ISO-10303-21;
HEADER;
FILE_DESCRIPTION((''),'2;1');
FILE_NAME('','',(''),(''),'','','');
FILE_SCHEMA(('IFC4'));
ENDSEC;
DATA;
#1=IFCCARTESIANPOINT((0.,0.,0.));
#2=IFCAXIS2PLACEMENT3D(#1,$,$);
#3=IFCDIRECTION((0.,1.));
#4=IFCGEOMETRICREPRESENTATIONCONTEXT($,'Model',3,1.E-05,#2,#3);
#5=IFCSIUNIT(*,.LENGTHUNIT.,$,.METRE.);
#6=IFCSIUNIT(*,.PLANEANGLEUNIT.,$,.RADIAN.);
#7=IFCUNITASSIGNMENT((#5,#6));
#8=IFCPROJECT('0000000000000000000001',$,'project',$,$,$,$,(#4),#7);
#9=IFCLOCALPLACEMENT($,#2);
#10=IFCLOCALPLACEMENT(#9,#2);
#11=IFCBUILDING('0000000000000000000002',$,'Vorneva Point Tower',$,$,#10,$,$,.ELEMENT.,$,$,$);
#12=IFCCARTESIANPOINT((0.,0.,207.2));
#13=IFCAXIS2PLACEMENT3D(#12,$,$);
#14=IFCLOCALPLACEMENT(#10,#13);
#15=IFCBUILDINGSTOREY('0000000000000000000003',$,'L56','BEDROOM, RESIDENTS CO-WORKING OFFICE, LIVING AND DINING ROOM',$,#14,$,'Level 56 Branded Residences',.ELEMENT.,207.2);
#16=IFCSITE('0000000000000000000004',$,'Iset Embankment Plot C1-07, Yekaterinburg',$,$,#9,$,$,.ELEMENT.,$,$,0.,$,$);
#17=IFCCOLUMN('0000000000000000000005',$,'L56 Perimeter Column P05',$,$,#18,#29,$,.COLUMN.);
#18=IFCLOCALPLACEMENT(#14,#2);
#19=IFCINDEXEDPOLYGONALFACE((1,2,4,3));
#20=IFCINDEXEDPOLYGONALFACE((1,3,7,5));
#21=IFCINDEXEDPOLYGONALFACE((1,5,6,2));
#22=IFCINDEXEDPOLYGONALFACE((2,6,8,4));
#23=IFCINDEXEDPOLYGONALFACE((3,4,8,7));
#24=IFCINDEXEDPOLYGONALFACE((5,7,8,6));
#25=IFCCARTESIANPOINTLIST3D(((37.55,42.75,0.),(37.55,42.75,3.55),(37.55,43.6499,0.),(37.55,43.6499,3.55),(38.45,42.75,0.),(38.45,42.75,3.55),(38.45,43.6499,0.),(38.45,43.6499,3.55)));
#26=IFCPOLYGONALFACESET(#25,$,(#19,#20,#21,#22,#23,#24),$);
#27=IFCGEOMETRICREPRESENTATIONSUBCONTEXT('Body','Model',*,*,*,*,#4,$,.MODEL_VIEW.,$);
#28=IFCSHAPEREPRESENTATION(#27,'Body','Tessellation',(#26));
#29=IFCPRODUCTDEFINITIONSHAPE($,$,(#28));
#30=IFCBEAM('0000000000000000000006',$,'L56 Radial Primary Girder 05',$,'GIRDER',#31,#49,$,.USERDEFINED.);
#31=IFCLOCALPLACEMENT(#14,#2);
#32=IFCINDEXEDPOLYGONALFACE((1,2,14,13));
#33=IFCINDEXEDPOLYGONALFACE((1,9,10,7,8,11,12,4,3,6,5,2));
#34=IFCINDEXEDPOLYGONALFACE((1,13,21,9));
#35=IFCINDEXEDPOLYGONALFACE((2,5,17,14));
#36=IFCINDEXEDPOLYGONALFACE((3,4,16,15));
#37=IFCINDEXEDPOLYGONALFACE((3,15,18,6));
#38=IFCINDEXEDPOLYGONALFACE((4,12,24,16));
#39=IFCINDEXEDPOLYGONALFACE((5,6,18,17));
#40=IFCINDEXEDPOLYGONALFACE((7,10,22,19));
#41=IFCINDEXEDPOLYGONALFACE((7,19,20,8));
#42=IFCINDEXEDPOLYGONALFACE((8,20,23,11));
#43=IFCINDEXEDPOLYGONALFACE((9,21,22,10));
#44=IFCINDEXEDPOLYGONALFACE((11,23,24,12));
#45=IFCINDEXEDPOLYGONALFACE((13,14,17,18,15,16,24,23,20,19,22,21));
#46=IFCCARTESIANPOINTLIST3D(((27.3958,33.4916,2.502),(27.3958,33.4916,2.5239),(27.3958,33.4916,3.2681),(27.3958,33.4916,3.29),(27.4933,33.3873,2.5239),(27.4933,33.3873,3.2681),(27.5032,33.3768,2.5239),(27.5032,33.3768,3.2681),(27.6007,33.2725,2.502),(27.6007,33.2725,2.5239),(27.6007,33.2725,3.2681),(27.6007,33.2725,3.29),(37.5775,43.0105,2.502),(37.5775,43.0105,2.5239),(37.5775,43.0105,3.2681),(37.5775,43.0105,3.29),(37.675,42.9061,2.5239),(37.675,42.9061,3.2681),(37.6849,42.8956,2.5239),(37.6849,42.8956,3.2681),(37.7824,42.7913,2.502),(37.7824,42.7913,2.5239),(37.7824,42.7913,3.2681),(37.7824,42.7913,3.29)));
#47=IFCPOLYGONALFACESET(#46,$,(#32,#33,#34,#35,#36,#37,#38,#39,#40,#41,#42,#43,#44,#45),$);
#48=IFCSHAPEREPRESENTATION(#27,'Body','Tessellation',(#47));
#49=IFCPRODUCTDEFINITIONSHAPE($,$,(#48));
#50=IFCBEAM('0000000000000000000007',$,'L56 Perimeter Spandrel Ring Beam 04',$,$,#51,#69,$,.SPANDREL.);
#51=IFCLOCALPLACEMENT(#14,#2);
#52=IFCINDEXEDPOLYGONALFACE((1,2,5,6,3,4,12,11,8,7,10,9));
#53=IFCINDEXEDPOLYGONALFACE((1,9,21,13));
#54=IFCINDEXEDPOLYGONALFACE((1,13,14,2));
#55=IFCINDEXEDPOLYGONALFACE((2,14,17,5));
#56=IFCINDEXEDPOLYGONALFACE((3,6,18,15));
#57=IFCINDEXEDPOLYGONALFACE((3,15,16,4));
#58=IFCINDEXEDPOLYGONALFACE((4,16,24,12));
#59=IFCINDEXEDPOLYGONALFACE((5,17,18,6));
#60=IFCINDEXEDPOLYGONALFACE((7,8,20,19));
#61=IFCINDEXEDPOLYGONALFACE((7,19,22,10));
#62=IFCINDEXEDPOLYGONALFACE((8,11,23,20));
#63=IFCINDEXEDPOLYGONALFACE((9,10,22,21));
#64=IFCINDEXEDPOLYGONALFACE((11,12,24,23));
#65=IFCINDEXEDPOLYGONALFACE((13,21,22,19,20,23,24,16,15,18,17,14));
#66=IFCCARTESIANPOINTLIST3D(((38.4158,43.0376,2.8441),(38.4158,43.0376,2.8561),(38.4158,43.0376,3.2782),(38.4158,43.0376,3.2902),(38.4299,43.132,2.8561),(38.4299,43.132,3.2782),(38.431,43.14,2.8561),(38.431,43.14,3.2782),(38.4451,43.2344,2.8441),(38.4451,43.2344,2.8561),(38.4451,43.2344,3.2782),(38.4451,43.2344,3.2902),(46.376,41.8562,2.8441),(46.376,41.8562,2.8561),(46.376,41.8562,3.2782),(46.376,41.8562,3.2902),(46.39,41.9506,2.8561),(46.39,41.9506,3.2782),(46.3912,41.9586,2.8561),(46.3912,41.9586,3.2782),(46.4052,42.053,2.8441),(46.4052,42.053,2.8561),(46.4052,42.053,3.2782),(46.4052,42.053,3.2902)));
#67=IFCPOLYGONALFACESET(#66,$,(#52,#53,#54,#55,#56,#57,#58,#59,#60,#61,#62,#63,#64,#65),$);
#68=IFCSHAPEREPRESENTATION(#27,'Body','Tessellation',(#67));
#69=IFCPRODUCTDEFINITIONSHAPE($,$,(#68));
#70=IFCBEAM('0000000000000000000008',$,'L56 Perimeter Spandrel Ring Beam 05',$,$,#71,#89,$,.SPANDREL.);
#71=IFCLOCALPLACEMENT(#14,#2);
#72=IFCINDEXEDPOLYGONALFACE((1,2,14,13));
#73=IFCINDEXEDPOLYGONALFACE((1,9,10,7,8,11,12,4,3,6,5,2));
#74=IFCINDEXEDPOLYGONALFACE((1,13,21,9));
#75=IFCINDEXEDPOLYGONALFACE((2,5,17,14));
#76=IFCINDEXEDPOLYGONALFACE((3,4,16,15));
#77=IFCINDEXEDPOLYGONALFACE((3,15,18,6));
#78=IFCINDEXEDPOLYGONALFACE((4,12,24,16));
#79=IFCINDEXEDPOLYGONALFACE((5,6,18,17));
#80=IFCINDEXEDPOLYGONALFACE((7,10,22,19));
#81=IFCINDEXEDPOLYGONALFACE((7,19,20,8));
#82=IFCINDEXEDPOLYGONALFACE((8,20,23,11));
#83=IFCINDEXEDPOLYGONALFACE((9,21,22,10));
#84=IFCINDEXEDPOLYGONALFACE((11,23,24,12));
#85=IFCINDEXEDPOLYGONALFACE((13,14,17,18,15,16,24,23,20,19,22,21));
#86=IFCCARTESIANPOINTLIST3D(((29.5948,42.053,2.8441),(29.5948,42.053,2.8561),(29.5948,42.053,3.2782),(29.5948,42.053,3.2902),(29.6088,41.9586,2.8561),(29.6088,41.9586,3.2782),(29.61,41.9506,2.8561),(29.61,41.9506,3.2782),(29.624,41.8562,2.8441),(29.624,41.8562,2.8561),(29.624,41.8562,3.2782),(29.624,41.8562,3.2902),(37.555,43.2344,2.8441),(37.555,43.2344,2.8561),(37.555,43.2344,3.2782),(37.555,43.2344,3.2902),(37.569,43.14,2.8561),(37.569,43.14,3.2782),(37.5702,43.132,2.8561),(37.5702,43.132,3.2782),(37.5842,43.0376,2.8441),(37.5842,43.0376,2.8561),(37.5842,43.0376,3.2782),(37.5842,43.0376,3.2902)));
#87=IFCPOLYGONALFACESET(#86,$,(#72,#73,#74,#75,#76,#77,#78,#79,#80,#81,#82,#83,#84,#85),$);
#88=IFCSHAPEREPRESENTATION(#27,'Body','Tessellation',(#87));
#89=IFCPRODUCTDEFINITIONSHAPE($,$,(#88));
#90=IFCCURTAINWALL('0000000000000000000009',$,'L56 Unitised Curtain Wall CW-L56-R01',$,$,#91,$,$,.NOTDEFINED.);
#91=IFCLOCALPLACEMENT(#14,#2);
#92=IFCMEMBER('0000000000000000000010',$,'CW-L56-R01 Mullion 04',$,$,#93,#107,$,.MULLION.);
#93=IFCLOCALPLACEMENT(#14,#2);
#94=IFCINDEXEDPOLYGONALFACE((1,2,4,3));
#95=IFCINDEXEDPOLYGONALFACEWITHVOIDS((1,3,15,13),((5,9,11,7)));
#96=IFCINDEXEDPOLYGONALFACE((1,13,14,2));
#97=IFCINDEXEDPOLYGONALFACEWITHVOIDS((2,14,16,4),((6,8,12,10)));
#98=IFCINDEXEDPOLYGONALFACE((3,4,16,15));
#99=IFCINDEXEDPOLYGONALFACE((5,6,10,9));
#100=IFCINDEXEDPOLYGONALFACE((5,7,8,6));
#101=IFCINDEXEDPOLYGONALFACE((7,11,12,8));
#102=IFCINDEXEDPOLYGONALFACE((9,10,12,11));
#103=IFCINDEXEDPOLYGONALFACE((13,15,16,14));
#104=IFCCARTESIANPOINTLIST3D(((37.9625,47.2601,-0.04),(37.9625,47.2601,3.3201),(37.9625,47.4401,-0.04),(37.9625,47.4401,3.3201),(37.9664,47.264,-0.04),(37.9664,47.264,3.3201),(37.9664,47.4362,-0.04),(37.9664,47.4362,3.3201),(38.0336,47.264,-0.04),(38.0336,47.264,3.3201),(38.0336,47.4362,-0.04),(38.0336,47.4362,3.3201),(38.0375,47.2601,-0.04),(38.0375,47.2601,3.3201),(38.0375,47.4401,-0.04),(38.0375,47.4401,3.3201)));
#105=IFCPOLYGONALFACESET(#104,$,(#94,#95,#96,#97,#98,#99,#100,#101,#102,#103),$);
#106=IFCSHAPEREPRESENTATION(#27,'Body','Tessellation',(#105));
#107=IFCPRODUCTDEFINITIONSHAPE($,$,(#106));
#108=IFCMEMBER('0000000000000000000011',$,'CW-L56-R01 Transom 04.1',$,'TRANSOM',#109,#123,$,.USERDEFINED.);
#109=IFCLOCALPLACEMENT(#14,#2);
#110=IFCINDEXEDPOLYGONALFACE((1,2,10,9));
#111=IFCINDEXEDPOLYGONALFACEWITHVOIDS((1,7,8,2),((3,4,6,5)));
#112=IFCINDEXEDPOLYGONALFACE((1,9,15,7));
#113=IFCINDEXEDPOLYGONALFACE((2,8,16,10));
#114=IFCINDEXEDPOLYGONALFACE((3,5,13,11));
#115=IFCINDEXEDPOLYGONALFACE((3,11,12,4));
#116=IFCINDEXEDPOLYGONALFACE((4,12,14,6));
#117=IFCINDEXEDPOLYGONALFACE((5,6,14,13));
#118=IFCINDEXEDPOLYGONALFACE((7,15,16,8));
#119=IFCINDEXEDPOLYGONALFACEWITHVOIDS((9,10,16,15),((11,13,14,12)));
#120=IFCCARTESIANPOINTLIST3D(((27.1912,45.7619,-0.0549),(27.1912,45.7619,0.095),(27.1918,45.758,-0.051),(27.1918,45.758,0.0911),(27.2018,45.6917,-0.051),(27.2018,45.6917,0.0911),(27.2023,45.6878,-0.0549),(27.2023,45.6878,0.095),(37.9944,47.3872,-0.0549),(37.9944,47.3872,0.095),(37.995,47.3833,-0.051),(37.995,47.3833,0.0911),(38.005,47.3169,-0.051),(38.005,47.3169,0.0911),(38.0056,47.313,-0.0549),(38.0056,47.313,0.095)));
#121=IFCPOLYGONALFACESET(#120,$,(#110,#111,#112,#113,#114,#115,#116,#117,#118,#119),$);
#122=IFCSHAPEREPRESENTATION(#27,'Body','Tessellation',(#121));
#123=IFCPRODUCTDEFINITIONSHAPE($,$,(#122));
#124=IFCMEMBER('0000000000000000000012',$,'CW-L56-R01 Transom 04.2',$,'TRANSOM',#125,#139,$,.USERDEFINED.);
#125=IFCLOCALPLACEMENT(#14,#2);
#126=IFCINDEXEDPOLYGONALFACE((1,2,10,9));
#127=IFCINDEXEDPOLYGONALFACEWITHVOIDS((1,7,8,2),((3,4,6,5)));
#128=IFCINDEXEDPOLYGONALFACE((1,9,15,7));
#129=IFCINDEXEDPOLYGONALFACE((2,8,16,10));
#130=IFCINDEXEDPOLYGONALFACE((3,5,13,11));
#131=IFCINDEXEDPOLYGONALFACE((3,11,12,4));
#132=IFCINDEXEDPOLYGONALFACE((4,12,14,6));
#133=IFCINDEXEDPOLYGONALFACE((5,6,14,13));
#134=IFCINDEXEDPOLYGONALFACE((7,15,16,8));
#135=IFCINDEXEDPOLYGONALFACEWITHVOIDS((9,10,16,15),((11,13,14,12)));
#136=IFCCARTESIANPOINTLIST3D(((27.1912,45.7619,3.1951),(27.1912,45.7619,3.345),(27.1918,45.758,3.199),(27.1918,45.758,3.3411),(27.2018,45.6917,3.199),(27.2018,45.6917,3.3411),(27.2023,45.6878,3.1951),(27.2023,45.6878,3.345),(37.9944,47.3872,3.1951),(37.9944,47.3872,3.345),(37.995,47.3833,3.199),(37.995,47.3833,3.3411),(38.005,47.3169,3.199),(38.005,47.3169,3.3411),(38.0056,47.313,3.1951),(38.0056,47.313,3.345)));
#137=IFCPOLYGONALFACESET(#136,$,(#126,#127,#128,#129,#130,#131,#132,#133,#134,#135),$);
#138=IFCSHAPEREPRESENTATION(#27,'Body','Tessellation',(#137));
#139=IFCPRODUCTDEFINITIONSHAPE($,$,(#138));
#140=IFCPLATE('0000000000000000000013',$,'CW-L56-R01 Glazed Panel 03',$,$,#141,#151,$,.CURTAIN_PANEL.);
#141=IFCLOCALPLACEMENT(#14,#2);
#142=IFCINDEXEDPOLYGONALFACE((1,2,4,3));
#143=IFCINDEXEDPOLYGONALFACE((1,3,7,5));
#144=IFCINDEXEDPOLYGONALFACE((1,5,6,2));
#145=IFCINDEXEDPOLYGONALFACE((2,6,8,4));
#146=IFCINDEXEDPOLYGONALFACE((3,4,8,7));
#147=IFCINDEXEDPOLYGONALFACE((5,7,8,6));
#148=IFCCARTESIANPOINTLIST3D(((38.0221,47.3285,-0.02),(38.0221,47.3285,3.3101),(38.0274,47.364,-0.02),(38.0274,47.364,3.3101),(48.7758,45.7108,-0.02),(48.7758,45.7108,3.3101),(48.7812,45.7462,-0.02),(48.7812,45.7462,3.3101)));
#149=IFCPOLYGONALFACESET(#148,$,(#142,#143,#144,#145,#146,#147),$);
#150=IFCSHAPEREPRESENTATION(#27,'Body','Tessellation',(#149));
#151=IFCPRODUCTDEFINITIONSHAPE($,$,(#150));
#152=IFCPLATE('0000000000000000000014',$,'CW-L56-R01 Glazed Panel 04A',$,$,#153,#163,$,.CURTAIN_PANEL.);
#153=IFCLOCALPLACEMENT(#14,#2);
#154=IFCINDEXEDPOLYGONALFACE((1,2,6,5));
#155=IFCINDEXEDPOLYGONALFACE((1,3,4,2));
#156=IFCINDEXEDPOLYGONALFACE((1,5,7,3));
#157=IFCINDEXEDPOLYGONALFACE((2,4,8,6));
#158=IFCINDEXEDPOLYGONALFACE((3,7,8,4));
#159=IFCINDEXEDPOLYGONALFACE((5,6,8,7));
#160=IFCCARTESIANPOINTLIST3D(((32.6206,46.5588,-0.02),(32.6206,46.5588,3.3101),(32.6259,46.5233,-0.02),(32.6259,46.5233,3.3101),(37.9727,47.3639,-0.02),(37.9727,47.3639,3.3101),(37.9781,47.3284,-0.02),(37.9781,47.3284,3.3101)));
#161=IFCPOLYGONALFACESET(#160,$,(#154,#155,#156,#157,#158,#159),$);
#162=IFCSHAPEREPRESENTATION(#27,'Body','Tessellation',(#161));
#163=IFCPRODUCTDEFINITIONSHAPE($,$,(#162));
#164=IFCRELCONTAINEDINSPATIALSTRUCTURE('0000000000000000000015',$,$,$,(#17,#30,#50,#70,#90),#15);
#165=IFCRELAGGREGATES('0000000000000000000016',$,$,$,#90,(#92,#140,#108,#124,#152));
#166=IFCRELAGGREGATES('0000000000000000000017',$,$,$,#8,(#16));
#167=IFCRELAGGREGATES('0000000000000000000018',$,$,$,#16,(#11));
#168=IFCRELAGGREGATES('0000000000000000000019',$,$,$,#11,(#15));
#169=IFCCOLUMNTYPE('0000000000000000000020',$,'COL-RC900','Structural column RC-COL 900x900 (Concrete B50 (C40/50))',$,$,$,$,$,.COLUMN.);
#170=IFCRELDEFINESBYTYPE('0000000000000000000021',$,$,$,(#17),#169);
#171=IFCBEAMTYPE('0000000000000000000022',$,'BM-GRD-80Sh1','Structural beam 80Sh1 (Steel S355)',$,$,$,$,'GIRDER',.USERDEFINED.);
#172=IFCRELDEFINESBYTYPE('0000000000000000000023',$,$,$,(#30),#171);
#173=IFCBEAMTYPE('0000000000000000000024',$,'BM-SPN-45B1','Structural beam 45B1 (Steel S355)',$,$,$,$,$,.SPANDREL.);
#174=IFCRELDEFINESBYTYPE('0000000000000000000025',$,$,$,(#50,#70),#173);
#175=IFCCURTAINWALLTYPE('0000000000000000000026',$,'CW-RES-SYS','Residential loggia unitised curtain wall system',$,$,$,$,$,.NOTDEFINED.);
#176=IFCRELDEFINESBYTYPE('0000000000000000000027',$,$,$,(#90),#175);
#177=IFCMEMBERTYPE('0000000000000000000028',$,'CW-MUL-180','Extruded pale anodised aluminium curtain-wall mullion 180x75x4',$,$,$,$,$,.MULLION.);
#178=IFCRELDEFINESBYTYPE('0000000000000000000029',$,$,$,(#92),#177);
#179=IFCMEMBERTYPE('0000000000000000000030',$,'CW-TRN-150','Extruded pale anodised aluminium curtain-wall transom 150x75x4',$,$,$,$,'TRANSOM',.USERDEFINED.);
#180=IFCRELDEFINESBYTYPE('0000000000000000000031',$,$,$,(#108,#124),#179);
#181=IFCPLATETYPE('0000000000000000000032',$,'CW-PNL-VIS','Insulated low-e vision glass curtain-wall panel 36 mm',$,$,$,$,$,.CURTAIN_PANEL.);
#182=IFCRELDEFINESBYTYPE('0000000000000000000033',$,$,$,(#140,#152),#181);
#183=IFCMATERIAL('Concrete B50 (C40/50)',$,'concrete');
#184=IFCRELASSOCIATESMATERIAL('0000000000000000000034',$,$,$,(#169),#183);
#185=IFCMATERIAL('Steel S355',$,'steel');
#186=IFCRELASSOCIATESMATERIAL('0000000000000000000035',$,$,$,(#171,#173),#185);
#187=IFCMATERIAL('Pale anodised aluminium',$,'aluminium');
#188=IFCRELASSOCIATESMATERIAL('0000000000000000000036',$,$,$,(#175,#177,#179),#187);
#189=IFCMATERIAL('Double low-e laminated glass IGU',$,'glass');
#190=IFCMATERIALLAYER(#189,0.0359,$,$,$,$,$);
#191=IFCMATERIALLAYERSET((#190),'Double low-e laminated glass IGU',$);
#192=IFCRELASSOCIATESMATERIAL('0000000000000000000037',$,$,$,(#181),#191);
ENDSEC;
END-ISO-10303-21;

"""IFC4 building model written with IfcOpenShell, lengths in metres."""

from ifc_helpers import new_model, si_unit, direction, frame, origin, origin_2d, place, context, subcontext, project, spatial, rectangle, hollow_rectangle, i_section, extrude, material, layer, layer_set, material_profile, profile_set, type_object, element, aggregate, save


model = new_model("IFC4")

# Units and contexts
model_context = context("Model", 3, precision=1e-05, world=origin(), true_north=direction((0.0, 1.0)))
body_context = subcontext(model_context, "Body", "Model", "MODEL_VIEW")
ifc_project = project(units=[si_unit("LENGTHUNIT", "METRE"), si_unit("PLANEANGLEUNIT", "RADIAN")], contexts=[model_context])

# Site, building, storey
site_placement = place(None, origin())
site = spatial("IfcSite", under=ifc_project, at=site_placement, Name="Iset Embankment Plot C1-07, Yekaterinburg", CompositionType="ELEMENT", RefElevation=0.0)
building_placement = place(site_placement, origin())
building = spatial("IfcBuilding", under=site, at=building_placement, Name="Vorneva Point Tower", CompositionType="ELEMENT")
storey_placement = place(building_placement, frame((0.0, 0.0, 207.2)))
storey = spatial("IfcBuildingStorey", under=building, at=storey_placement, Name="L56", Description="BEDROOM, RESIDENTS CO-WORKING OFFICE, LIVING AND DINING ROOM", LongName="Level 56 Branded Residences", CompositionType="ELEMENT", Elevation=207.2)

# Column
ifc_material_1 = material(Name="Concrete B50 (C40/50)", Category="concrete")
ifc_material_profile_1 = material_profile(ifc_material_1, rectangle(XDim=0.8999, YDim=0.8999, at=origin_2d()), Name="RC-COL 900x900")
ifc_profile_set_1 = profile_set([ifc_material_profile_1], Name="Concrete B50 (C40/50)")
column_type = type_object("IfcColumnType", Name="COL-RC900", Description="Structural column RC-COL 900x900 (Concrete B50 (C40/50))", PredefinedType="COLUMN", material=ifc_profile_set_1)
column_placement = place(storey_placement, frame((38.0, 43.2, 0.0), z_axis=(0.0, 0.0, 1.0), x_axis=(0.0, 1.0, 0.0)))
element("IfcColumn", 1, at=column_placement, inside=storey, type_object=column_type, Name="L56 Perimeter Column P05", PredefinedType="COLUMN", context=body_context, shape_type="SweptSolid", body=[
    extrude(rectangle(XDim=0.8999, YDim=0.8999, at=origin_2d()), origin(), (0.0, 0.0, 1.0), 3.55),
])

# Beams
ifc_material_2 = material(Name="Steel S355", Category="steel")
ifc_material_profile_2 = material_profile(ifc_material_2, i_section(OverallWidth=0.3, OverallDepth=0.7881, WebThickness=0.0144, FlangeThickness=0.022, at=origin_2d()), Name="80Sh1")
ifc_profile_set_2 = profile_set([ifc_material_profile_2], Name="Steel S355")
beam_type_1 = type_object("IfcBeamType", Name="BM-GRD-80Sh1", Description="Structural beam 80Sh1 (Steel S355)", ElementType="GIRDER", PredefinedType="USERDEFINED", material=ifc_profile_set_2)
beam_placement = place(storey_placement, frame((37.6799, 42.9009, 2.896), z_axis=(-0.730485, -0.682929, 0.0), x_axis=(0.682929, -0.730485, 0.0)))
element("IfcBeam", 2, at=beam_placement, inside=storey, type_object=beam_type_1, Name="L56 Radial Primary Girder 05", ObjectType="GIRDER", PredefinedType="USERDEFINED", context=body_context, shape_type="SweptSolid", body=[
    extrude(i_section(OverallWidth=0.3, OverallDepth=0.7881, WebThickness=0.0144, FlangeThickness=0.022, at=origin_2d()), origin(), (0.0, 0.0, 1.0), 13.9382),
])
ifc_material_profile_3 = material_profile(ifc_material_2, i_section(OverallWidth=0.199, OverallDepth=0.446, WebThickness=0.0081, FlangeThickness=0.012, at=origin_2d()), Name="45B1")
ifc_profile_set_3 = profile_set([ifc_material_profile_3], Name="Steel S355")
beam_type_2 = type_object("IfcBeamType", Name="BM-SPN-45B1", Description="Structural beam 45B1 (Steel S355)", PredefinedType="SPANDREL", material=ifc_profile_set_3)
for number, where, z_axis, x_axis, name in (
    (3, (46.3906, 41.9546, 3.0671), (-0.989165, 0.146805, 0.0), (-0.146805, -0.989165, 0.0), "L56 Perimeter Spandrel Ring Beam 04"),
    (4, (37.5696, 43.136, 3.0671), (-0.989165, -0.146805, 0.0), (0.146805, -0.989165, 0.0), "L56 Perimeter Spandrel Ring Beam 05"),
):
    element("IfcBeam", number, at=place(storey_placement, frame(where, z_axis=z_axis, x_axis=x_axis)), inside=storey, type_object=beam_type_2, Name=name, PredefinedType="SPANDREL", context=body_context, shape_type="SweptSolid", body=[
        extrude(i_section(OverallWidth=0.199, OverallDepth=0.446, WebThickness=0.0081, FlangeThickness=0.012, at=origin_2d()), origin(), (0.0, 0.0, 1.0), 8.0474),
    ])

# Curtain wall, members, plates
ifc_material_3 = material(Name="Pale anodised aluminium", Category="aluminium")
curtain_wall_type = type_object("IfcCurtainWallType", Name="CW-RES-SYS", Description="Residential loggia unitised curtain wall system", PredefinedType="NOTDEFINED", material=ifc_material_3)
curtain_wall_placement = place(storey_placement, origin())
curtain_wall = element("IfcCurtainWall", 5, at=curtain_wall_placement, inside=storey, type_object=curtain_wall_type, Name="L56 Unitised Curtain Wall CW-L56-R01", PredefinedType="NOTDEFINED")
ifc_material_profile_4 = material_profile(ifc_material_3, hollow_rectangle(XDim=0.075, YDim=0.1799, WallThickness=0.0039, at=origin_2d()), Name="AL-MUL 180x75x4")
ifc_profile_set_4 = profile_set([ifc_material_profile_4], Name="Pale anodised aluminium")
member_type_1 = type_object("IfcMemberType", Name="CW-MUL-180", Description="Extruded pale anodised aluminium curtain-wall mullion 180x75x4", PredefinedType="MULLION", material=ifc_profile_set_4)
member_1_placement = place(storey_placement, frame((38.0, 47.3501, -0.04), z_axis=(0.0, 0.0, 1.0), x_axis=(1.0, 0.0, 0.0)))
member_1 = element("IfcMember", 6, at=member_1_placement, type_object=member_type_1, Name="CW-L56-R01 Mullion 04", PredefinedType="MULLION", context=body_context, shape_type="SweptSolid", body=[
    extrude(hollow_rectangle(XDim=0.075, YDim=0.1799, WallThickness=0.0039, at=origin_2d()), origin(), (0.0, 0.0, 1.0), 3.3601),
])
ifc_material_profile_5 = material_profile(ifc_material_3, hollow_rectangle(XDim=0.075, YDim=0.1499, WallThickness=0.0039, at=origin_2d()), Name="AL-TRN 150x75x4")
ifc_profile_set_5 = profile_set([ifc_material_profile_5], Name="Pale anodised aluminium")
member_type_2 = type_object("IfcMemberType", Name="CW-TRN-150", Description="Extruded pale anodised aluminium curtain-wall transom 150x75x4", ElementType="TRANSOM", PredefinedType="USERDEFINED", material=ifc_profile_set_5)
member_2_placement = place(storey_placement, frame((38.0, 47.3501, 0.02), z_axis=(-0.988872, -0.148767, 0.0), x_axis=(0.148767, -0.988872, 0.0)))
member_2 = element("IfcMember", 7, at=member_2_placement, type_object=member_type_2, Name="CW-L56-R01 Transom 04.1", ObjectType="TRANSOM", PredefinedType="USERDEFINED", context=body_context, shape_type="SweptSolid", body=[
    extrude(hollow_rectangle(XDim=0.075, YDim=0.1499, WallThickness=0.0039, at=origin_2d()), origin(), (0.0, 0.0, 1.0), 10.9248),
])
member_3_placement = place(storey_placement, frame((38.0, 47.3501, 3.27), z_axis=(-0.988872, -0.148767, 0.0), x_axis=(0.148767, -0.988872, 0.0)))
member_3 = element("IfcMember", 8, at=member_3_placement, type_object=member_type_2, Name="CW-L56-R01 Transom 04.2", ObjectType="TRANSOM", PredefinedType="USERDEFINED", context=body_context, shape_type="SweptSolid", body=[
    extrude(hollow_rectangle(XDim=0.075, YDim=0.1499, WallThickness=0.0039, at=origin_2d()), origin(), (0.0, 0.0, 1.0), 10.9248),
])
ifc_material_4 = material(Name="Double low-e laminated glass IGU", Category="glass")
ifc_layer_1 = layer(ifc_material_4, 0.0359)
ifc_layer_set_1 = layer_set([ifc_layer_1], Name="Double low-e laminated glass IGU")
plate_type = type_object("IfcPlateType", Name="CW-PNL-VIS", Description="Insulated low-e vision glass curtain-wall panel 36 mm", PredefinedType="CURTAIN_PANEL", material=ifc_layer_set_1)
plate_1_placement = place(storey_placement, frame((43.4016, 46.5374, -0.02), z_axis=(0.0, 0.0, 1.0), x_axis=(-0.988874, 0.148759, 0.0)))
plate_1 = element("IfcPlate", 9, at=plate_1_placement, type_object=plate_type, Name="CW-L56-R01 Glazed Panel 03", PredefinedType="CURTAIN_PANEL", context=body_context, shape_type="SweptSolid", body=[
    extrude(rectangle(XDim=10.8748, YDim=0.0359, at=origin_2d()), origin(), (0.0, 0.0, 1.0), 3.3301),
])
plate_2_placement = place(storey_placement, frame((35.2993, 46.9436, -0.02), z_axis=(0.0, 0.0, 1.0), x_axis=(-0.988874, -0.148759, 0.0)))
plate_2 = element("IfcPlate", 10, at=plate_2_placement, type_object=plate_type, Name="CW-L56-R01 Glazed Panel 04A", PredefinedType="CURTAIN_PANEL", context=body_context, shape_type="SweptSolid", body=[
    extrude(rectangle(XDim=5.4124, YDim=0.0359, at=origin_2d()), origin(), (0.0, 0.0, 1.0), 3.3301),
])
aggregate(curtain_wall, [member_1, plate_1, member_2, member_3, plate_2])

save(model, "model.ifc")
